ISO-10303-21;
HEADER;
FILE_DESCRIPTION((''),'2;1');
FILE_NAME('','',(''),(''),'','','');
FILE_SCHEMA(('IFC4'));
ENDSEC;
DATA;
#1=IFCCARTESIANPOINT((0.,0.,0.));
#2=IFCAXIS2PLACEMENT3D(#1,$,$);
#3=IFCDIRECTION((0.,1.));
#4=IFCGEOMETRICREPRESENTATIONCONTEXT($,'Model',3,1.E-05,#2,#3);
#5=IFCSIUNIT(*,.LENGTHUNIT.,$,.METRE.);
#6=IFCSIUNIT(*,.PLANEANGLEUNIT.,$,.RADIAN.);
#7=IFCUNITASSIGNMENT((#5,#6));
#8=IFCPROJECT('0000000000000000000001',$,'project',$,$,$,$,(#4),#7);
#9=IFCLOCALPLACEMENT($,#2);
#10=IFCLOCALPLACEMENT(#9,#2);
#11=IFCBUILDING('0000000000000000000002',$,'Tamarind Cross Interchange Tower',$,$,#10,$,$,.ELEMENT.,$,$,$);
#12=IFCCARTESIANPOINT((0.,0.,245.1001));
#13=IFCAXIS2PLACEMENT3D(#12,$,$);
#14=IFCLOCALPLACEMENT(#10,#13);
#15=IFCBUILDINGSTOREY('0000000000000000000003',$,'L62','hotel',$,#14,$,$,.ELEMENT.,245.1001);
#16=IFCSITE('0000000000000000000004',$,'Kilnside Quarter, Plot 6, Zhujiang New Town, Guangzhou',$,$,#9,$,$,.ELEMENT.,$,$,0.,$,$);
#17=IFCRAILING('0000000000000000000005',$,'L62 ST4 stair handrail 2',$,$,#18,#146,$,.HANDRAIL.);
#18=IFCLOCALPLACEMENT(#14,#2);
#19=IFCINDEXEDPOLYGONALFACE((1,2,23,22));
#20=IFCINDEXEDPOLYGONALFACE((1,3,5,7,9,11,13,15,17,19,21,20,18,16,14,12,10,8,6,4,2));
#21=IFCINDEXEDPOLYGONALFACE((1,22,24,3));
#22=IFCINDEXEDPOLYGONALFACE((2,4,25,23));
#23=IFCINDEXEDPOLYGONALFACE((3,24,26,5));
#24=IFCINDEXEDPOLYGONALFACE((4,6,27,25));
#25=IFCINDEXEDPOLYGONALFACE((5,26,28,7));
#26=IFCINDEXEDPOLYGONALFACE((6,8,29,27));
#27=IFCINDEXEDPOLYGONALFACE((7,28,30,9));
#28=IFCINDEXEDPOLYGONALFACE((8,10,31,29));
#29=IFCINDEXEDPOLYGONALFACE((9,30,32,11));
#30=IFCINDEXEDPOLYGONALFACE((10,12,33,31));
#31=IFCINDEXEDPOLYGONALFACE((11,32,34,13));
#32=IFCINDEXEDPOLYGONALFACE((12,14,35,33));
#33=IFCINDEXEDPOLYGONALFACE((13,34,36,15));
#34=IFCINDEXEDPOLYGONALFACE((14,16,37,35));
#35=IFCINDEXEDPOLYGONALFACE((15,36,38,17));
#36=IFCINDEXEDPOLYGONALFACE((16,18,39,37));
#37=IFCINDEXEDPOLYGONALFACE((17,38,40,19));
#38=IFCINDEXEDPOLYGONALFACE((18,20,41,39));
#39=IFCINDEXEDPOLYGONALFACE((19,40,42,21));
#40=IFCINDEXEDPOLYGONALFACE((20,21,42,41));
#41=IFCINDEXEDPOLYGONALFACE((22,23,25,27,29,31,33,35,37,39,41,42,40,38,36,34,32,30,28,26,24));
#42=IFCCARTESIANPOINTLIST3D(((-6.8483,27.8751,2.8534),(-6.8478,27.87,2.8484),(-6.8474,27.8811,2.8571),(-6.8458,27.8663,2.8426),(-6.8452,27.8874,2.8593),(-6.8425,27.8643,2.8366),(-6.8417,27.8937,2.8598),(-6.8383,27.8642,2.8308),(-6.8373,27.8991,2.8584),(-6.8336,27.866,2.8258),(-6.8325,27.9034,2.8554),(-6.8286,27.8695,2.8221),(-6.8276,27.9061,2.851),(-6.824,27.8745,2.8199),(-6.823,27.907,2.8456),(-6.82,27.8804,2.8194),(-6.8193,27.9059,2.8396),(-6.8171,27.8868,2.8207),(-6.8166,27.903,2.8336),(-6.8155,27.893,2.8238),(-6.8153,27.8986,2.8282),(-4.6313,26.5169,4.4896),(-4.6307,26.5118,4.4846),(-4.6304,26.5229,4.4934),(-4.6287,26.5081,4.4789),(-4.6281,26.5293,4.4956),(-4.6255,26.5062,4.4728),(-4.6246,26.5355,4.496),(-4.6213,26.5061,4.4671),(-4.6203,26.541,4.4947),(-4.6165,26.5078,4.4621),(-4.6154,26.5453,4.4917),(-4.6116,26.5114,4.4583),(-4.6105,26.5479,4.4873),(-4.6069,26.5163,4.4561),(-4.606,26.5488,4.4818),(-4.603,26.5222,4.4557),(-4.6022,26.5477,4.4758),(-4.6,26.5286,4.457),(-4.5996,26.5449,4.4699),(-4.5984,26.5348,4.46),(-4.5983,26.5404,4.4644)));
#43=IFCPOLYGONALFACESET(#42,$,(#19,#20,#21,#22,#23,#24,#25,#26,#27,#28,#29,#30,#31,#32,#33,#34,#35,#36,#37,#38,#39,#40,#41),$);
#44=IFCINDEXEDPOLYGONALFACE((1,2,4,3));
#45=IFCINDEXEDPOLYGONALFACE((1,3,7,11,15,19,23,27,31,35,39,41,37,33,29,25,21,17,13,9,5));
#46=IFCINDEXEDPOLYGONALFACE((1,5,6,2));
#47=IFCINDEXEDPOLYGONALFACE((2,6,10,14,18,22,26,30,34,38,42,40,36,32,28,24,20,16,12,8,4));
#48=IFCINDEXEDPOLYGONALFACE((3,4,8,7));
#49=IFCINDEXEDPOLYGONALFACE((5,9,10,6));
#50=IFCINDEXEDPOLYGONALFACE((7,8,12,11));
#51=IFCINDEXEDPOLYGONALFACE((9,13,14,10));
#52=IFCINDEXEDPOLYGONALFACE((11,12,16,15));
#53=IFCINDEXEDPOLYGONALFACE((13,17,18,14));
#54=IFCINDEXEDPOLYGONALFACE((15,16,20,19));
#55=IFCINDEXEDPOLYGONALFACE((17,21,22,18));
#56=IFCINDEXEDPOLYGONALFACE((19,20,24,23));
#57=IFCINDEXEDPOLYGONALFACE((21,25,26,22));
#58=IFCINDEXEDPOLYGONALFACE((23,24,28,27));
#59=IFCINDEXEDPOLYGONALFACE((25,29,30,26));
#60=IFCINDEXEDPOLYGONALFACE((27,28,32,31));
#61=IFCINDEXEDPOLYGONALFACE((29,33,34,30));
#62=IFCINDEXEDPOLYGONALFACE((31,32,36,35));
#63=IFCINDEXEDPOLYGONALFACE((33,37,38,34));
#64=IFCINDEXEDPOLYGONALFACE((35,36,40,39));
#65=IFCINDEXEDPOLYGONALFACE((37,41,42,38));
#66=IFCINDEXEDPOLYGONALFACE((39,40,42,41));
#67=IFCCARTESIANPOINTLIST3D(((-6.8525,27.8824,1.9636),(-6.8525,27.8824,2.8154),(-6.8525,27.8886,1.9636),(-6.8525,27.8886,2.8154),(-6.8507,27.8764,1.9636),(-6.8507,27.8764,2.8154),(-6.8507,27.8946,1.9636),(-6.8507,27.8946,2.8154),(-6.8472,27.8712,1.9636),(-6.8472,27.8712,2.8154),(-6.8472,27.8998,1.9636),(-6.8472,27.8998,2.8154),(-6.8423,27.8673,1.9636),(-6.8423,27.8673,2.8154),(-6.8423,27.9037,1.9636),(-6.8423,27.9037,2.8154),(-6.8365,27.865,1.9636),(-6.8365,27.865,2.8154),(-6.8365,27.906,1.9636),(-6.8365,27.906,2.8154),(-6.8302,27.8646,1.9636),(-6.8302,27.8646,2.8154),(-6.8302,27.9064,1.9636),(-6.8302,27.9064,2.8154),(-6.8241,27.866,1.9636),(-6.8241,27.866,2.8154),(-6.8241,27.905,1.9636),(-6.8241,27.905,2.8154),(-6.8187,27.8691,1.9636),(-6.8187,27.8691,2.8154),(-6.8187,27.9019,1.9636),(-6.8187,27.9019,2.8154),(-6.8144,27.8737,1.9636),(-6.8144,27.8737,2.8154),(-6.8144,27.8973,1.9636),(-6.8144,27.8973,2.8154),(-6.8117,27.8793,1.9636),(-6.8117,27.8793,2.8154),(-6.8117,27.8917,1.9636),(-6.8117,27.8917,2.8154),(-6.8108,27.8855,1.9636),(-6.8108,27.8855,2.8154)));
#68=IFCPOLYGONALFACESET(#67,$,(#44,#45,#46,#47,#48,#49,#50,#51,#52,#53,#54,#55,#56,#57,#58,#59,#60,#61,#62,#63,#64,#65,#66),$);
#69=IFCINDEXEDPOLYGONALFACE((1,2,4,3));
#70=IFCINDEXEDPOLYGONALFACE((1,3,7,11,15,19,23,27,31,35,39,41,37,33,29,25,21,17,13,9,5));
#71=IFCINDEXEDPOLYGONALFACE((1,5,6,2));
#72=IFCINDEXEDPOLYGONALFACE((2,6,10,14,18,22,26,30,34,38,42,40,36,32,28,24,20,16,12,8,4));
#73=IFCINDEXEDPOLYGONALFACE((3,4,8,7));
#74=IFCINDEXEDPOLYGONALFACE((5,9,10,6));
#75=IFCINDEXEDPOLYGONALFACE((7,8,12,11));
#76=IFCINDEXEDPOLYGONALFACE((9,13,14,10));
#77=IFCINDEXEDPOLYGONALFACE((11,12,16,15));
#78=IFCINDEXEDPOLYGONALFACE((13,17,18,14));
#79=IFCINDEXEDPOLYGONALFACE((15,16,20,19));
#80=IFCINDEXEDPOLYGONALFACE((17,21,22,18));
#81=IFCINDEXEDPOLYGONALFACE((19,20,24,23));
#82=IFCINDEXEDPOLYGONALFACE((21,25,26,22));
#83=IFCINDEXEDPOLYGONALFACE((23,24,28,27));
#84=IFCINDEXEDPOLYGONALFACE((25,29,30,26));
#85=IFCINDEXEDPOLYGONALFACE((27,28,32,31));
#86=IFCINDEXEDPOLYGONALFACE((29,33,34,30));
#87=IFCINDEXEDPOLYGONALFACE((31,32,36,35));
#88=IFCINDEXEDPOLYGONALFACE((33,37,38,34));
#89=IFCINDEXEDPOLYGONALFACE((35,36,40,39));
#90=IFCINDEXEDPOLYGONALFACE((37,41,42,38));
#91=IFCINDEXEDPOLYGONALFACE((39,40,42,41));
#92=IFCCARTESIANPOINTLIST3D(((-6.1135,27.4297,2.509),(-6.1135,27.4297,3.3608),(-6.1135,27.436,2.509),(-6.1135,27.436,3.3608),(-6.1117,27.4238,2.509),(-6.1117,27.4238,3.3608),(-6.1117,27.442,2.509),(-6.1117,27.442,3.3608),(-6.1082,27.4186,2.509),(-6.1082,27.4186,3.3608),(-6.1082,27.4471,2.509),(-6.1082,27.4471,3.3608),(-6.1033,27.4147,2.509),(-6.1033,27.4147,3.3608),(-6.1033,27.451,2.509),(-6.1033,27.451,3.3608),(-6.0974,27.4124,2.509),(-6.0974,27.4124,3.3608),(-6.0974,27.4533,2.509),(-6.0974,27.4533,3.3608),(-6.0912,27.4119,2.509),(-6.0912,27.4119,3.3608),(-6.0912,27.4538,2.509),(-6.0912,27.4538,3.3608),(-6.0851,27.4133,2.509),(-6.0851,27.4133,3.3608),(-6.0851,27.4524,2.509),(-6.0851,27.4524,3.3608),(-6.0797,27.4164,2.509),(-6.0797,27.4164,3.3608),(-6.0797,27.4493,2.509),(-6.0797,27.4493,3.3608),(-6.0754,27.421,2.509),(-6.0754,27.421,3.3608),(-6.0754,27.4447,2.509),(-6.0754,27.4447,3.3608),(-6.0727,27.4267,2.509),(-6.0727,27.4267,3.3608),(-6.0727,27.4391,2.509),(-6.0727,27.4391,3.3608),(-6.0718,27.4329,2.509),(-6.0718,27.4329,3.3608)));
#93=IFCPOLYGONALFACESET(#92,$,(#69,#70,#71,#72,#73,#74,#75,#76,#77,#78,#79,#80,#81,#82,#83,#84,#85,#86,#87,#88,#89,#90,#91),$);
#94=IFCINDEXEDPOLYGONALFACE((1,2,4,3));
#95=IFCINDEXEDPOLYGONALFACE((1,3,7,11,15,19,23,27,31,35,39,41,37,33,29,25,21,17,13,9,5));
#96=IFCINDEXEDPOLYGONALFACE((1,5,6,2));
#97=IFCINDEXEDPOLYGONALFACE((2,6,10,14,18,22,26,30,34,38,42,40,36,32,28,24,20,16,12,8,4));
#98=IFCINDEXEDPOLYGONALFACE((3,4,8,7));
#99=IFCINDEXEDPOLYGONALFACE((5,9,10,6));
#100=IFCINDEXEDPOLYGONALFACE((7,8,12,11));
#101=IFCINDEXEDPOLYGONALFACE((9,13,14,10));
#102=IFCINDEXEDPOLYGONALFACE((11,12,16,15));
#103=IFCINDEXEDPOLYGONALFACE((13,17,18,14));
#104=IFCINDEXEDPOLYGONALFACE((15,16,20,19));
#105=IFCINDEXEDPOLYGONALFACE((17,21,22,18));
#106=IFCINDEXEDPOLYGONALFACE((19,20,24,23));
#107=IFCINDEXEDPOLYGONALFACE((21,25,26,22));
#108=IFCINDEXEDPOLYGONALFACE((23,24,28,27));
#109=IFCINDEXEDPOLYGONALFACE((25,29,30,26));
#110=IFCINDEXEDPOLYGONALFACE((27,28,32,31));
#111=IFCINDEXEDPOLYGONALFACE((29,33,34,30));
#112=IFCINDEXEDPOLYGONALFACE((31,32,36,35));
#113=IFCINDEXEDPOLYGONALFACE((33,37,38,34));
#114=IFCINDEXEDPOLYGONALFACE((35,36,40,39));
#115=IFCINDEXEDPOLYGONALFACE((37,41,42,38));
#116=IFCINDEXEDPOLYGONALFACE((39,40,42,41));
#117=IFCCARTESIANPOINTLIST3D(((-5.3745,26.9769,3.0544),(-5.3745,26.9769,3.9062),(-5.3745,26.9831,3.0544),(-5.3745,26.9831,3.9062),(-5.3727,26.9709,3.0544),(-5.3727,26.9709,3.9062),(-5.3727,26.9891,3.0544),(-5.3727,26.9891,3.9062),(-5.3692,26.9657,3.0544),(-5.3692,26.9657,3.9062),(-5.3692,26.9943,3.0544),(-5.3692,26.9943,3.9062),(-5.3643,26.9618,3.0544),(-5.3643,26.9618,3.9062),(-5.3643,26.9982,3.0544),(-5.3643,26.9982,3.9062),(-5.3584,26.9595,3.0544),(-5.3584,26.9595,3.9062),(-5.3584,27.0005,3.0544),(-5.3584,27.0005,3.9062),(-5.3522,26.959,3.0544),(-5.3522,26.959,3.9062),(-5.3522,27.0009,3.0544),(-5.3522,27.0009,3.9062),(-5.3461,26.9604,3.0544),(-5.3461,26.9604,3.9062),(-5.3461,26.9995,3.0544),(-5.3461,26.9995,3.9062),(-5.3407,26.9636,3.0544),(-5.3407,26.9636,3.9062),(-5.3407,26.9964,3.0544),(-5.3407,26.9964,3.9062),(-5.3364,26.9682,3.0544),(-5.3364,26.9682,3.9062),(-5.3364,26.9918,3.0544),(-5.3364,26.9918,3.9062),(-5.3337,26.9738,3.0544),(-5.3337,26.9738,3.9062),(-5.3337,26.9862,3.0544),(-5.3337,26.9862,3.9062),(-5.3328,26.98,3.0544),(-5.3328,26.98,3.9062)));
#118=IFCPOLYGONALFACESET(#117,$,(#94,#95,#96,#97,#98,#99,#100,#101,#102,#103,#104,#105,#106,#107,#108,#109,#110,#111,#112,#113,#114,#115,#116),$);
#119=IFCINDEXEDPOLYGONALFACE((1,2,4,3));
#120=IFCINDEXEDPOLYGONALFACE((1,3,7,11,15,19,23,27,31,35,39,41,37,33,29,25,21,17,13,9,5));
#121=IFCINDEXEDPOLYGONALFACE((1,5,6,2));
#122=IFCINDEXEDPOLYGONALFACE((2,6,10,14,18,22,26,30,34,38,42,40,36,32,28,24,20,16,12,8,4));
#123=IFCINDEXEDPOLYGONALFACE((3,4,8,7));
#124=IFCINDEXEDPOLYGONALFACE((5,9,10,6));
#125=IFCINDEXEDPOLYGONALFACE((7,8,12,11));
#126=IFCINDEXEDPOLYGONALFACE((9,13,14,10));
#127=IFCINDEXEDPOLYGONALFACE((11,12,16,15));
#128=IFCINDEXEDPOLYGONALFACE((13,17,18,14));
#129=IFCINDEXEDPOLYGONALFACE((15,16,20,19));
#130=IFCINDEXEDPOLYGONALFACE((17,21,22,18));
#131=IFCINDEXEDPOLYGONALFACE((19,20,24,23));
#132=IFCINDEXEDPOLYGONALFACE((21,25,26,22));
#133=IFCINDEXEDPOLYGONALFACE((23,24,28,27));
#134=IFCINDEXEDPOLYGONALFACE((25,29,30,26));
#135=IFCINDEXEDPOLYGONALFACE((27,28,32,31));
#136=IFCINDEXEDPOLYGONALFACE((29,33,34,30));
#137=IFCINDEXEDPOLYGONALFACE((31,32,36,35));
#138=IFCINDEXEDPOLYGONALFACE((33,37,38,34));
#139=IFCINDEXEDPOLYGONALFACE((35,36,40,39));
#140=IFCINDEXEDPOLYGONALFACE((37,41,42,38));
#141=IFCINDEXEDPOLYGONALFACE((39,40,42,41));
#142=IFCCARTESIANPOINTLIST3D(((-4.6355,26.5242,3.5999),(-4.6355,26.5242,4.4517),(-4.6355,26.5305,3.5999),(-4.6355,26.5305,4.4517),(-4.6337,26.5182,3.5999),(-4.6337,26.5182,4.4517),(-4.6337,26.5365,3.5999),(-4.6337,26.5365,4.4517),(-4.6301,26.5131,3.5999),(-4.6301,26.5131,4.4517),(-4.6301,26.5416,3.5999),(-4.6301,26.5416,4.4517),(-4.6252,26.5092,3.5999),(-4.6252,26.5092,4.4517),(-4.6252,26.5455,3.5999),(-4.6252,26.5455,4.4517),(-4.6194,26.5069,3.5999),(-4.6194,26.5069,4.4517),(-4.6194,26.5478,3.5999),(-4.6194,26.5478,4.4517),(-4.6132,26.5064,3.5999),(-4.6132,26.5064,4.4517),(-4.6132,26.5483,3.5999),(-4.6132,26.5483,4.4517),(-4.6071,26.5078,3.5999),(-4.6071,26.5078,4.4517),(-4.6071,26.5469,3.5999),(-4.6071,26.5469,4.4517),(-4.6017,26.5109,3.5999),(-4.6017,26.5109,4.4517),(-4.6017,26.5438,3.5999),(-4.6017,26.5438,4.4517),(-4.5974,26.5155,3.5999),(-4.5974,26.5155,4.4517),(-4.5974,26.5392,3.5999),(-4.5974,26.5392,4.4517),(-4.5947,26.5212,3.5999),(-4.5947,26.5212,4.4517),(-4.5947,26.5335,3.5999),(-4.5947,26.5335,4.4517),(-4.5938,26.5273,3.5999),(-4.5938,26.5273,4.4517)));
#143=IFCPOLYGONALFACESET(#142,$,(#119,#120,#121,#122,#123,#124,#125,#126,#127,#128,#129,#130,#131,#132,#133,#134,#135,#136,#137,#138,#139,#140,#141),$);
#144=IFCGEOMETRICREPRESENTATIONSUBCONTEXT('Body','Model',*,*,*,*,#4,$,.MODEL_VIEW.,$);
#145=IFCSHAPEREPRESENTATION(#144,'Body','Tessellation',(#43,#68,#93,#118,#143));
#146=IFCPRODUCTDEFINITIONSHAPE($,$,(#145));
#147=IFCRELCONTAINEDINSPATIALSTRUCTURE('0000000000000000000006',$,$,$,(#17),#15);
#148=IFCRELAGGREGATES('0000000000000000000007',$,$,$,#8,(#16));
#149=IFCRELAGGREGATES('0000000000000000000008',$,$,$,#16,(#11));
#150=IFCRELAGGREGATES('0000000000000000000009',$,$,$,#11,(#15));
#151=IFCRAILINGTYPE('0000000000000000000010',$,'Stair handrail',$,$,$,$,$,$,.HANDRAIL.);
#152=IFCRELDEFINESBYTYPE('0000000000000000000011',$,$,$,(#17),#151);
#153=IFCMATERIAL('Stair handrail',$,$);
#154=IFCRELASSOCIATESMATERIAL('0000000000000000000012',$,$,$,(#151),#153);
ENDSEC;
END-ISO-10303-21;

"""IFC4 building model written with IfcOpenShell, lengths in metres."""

from ifc_helpers import new_model, si_unit, direction, frame, origin, origin_2d, place, context, subcontext, project, spatial, circle, extrude, material, type_object, element, save


model = new_model("IFC4")

# Units and contexts
model_context = context("Model", 3, precision=1e-05, world=origin(), true_north=direction((0.0, 1.0)))
body_context = subcontext(model_context, "Body", "Model", "MODEL_VIEW")
ifc_project = project(units=[si_unit("LENGTHUNIT", "METRE"), si_unit("PLANEANGLEUNIT", "RADIAN")], contexts=[model_context])

# Site, building, storey
site_placement = place(None, origin())
site = spatial("IfcSite", under=ifc_project, at=site_placement, Name="Kilnside Quarter, Plot 6, Zhujiang New Town, Guangzhou", CompositionType="ELEMENT", RefElevation=0.0)
building_placement = place(site_placement, origin())
building = spatial("IfcBuilding", under=site, at=building_placement, Name="Tamarind Cross Interchange Tower", CompositionType="ELEMENT")
storey_placement = place(building_placement, frame((0.0, 0.0, 245.1001)))
storey = spatial("IfcBuildingStorey", under=building, at=storey_placement, Name="L62", Description="hotel", CompositionType="ELEMENT", Elevation=245.1001)

# Railing
ifc_material_1 = material(Name="Stair handrail")
railing_type_1 = type_object("IfcRailingType", Name="Stair handrail", PredefinedType="HANDRAIL", material=ifc_material_1)
railing_1_placement = place(storey_placement, frame((-6.8318, 27.8855, 1.9636)))
element("IfcRailing", 1, at=railing_1_placement, inside=storey, type_object=railing_type_1, Name="L62 ST4 stair handrail 2", PredefinedType="HANDRAIL", context=body_context, shape_type="SweptSolid", body=[
    extrude(circle(Radius=0.0239, at=origin_2d()), frame((0.0, 0.0, 0.876), z_axis=(0.721696, -0.442109, 0.532629), x_axis=(0.522373, 0.852717, 0.0)), (0.0, 0.0, 1.0), 3.072),
    extrude(circle(Radius=0.021, at=origin_2d()), origin(), (0.0, 0.0, 1.0), 0.8518),
    extrude(circle(Radius=0.021, at=origin_2d()), frame((0.739, -0.4526, 0.5454)), (0.0, 0.0, 1.0), 0.8518),
    extrude(circle(Radius=0.021, at=origin_2d()), frame((1.478, -0.9055, 1.0908)), (0.0, 0.0, 1.0), 0.8518),
    extrude(circle(Radius=0.021, at=origin_2d()), frame((2.217, -1.3582, 1.6362)), (0.0, 0.0, 1.0), 0.8518),
])

save(model, "model.ifc")
